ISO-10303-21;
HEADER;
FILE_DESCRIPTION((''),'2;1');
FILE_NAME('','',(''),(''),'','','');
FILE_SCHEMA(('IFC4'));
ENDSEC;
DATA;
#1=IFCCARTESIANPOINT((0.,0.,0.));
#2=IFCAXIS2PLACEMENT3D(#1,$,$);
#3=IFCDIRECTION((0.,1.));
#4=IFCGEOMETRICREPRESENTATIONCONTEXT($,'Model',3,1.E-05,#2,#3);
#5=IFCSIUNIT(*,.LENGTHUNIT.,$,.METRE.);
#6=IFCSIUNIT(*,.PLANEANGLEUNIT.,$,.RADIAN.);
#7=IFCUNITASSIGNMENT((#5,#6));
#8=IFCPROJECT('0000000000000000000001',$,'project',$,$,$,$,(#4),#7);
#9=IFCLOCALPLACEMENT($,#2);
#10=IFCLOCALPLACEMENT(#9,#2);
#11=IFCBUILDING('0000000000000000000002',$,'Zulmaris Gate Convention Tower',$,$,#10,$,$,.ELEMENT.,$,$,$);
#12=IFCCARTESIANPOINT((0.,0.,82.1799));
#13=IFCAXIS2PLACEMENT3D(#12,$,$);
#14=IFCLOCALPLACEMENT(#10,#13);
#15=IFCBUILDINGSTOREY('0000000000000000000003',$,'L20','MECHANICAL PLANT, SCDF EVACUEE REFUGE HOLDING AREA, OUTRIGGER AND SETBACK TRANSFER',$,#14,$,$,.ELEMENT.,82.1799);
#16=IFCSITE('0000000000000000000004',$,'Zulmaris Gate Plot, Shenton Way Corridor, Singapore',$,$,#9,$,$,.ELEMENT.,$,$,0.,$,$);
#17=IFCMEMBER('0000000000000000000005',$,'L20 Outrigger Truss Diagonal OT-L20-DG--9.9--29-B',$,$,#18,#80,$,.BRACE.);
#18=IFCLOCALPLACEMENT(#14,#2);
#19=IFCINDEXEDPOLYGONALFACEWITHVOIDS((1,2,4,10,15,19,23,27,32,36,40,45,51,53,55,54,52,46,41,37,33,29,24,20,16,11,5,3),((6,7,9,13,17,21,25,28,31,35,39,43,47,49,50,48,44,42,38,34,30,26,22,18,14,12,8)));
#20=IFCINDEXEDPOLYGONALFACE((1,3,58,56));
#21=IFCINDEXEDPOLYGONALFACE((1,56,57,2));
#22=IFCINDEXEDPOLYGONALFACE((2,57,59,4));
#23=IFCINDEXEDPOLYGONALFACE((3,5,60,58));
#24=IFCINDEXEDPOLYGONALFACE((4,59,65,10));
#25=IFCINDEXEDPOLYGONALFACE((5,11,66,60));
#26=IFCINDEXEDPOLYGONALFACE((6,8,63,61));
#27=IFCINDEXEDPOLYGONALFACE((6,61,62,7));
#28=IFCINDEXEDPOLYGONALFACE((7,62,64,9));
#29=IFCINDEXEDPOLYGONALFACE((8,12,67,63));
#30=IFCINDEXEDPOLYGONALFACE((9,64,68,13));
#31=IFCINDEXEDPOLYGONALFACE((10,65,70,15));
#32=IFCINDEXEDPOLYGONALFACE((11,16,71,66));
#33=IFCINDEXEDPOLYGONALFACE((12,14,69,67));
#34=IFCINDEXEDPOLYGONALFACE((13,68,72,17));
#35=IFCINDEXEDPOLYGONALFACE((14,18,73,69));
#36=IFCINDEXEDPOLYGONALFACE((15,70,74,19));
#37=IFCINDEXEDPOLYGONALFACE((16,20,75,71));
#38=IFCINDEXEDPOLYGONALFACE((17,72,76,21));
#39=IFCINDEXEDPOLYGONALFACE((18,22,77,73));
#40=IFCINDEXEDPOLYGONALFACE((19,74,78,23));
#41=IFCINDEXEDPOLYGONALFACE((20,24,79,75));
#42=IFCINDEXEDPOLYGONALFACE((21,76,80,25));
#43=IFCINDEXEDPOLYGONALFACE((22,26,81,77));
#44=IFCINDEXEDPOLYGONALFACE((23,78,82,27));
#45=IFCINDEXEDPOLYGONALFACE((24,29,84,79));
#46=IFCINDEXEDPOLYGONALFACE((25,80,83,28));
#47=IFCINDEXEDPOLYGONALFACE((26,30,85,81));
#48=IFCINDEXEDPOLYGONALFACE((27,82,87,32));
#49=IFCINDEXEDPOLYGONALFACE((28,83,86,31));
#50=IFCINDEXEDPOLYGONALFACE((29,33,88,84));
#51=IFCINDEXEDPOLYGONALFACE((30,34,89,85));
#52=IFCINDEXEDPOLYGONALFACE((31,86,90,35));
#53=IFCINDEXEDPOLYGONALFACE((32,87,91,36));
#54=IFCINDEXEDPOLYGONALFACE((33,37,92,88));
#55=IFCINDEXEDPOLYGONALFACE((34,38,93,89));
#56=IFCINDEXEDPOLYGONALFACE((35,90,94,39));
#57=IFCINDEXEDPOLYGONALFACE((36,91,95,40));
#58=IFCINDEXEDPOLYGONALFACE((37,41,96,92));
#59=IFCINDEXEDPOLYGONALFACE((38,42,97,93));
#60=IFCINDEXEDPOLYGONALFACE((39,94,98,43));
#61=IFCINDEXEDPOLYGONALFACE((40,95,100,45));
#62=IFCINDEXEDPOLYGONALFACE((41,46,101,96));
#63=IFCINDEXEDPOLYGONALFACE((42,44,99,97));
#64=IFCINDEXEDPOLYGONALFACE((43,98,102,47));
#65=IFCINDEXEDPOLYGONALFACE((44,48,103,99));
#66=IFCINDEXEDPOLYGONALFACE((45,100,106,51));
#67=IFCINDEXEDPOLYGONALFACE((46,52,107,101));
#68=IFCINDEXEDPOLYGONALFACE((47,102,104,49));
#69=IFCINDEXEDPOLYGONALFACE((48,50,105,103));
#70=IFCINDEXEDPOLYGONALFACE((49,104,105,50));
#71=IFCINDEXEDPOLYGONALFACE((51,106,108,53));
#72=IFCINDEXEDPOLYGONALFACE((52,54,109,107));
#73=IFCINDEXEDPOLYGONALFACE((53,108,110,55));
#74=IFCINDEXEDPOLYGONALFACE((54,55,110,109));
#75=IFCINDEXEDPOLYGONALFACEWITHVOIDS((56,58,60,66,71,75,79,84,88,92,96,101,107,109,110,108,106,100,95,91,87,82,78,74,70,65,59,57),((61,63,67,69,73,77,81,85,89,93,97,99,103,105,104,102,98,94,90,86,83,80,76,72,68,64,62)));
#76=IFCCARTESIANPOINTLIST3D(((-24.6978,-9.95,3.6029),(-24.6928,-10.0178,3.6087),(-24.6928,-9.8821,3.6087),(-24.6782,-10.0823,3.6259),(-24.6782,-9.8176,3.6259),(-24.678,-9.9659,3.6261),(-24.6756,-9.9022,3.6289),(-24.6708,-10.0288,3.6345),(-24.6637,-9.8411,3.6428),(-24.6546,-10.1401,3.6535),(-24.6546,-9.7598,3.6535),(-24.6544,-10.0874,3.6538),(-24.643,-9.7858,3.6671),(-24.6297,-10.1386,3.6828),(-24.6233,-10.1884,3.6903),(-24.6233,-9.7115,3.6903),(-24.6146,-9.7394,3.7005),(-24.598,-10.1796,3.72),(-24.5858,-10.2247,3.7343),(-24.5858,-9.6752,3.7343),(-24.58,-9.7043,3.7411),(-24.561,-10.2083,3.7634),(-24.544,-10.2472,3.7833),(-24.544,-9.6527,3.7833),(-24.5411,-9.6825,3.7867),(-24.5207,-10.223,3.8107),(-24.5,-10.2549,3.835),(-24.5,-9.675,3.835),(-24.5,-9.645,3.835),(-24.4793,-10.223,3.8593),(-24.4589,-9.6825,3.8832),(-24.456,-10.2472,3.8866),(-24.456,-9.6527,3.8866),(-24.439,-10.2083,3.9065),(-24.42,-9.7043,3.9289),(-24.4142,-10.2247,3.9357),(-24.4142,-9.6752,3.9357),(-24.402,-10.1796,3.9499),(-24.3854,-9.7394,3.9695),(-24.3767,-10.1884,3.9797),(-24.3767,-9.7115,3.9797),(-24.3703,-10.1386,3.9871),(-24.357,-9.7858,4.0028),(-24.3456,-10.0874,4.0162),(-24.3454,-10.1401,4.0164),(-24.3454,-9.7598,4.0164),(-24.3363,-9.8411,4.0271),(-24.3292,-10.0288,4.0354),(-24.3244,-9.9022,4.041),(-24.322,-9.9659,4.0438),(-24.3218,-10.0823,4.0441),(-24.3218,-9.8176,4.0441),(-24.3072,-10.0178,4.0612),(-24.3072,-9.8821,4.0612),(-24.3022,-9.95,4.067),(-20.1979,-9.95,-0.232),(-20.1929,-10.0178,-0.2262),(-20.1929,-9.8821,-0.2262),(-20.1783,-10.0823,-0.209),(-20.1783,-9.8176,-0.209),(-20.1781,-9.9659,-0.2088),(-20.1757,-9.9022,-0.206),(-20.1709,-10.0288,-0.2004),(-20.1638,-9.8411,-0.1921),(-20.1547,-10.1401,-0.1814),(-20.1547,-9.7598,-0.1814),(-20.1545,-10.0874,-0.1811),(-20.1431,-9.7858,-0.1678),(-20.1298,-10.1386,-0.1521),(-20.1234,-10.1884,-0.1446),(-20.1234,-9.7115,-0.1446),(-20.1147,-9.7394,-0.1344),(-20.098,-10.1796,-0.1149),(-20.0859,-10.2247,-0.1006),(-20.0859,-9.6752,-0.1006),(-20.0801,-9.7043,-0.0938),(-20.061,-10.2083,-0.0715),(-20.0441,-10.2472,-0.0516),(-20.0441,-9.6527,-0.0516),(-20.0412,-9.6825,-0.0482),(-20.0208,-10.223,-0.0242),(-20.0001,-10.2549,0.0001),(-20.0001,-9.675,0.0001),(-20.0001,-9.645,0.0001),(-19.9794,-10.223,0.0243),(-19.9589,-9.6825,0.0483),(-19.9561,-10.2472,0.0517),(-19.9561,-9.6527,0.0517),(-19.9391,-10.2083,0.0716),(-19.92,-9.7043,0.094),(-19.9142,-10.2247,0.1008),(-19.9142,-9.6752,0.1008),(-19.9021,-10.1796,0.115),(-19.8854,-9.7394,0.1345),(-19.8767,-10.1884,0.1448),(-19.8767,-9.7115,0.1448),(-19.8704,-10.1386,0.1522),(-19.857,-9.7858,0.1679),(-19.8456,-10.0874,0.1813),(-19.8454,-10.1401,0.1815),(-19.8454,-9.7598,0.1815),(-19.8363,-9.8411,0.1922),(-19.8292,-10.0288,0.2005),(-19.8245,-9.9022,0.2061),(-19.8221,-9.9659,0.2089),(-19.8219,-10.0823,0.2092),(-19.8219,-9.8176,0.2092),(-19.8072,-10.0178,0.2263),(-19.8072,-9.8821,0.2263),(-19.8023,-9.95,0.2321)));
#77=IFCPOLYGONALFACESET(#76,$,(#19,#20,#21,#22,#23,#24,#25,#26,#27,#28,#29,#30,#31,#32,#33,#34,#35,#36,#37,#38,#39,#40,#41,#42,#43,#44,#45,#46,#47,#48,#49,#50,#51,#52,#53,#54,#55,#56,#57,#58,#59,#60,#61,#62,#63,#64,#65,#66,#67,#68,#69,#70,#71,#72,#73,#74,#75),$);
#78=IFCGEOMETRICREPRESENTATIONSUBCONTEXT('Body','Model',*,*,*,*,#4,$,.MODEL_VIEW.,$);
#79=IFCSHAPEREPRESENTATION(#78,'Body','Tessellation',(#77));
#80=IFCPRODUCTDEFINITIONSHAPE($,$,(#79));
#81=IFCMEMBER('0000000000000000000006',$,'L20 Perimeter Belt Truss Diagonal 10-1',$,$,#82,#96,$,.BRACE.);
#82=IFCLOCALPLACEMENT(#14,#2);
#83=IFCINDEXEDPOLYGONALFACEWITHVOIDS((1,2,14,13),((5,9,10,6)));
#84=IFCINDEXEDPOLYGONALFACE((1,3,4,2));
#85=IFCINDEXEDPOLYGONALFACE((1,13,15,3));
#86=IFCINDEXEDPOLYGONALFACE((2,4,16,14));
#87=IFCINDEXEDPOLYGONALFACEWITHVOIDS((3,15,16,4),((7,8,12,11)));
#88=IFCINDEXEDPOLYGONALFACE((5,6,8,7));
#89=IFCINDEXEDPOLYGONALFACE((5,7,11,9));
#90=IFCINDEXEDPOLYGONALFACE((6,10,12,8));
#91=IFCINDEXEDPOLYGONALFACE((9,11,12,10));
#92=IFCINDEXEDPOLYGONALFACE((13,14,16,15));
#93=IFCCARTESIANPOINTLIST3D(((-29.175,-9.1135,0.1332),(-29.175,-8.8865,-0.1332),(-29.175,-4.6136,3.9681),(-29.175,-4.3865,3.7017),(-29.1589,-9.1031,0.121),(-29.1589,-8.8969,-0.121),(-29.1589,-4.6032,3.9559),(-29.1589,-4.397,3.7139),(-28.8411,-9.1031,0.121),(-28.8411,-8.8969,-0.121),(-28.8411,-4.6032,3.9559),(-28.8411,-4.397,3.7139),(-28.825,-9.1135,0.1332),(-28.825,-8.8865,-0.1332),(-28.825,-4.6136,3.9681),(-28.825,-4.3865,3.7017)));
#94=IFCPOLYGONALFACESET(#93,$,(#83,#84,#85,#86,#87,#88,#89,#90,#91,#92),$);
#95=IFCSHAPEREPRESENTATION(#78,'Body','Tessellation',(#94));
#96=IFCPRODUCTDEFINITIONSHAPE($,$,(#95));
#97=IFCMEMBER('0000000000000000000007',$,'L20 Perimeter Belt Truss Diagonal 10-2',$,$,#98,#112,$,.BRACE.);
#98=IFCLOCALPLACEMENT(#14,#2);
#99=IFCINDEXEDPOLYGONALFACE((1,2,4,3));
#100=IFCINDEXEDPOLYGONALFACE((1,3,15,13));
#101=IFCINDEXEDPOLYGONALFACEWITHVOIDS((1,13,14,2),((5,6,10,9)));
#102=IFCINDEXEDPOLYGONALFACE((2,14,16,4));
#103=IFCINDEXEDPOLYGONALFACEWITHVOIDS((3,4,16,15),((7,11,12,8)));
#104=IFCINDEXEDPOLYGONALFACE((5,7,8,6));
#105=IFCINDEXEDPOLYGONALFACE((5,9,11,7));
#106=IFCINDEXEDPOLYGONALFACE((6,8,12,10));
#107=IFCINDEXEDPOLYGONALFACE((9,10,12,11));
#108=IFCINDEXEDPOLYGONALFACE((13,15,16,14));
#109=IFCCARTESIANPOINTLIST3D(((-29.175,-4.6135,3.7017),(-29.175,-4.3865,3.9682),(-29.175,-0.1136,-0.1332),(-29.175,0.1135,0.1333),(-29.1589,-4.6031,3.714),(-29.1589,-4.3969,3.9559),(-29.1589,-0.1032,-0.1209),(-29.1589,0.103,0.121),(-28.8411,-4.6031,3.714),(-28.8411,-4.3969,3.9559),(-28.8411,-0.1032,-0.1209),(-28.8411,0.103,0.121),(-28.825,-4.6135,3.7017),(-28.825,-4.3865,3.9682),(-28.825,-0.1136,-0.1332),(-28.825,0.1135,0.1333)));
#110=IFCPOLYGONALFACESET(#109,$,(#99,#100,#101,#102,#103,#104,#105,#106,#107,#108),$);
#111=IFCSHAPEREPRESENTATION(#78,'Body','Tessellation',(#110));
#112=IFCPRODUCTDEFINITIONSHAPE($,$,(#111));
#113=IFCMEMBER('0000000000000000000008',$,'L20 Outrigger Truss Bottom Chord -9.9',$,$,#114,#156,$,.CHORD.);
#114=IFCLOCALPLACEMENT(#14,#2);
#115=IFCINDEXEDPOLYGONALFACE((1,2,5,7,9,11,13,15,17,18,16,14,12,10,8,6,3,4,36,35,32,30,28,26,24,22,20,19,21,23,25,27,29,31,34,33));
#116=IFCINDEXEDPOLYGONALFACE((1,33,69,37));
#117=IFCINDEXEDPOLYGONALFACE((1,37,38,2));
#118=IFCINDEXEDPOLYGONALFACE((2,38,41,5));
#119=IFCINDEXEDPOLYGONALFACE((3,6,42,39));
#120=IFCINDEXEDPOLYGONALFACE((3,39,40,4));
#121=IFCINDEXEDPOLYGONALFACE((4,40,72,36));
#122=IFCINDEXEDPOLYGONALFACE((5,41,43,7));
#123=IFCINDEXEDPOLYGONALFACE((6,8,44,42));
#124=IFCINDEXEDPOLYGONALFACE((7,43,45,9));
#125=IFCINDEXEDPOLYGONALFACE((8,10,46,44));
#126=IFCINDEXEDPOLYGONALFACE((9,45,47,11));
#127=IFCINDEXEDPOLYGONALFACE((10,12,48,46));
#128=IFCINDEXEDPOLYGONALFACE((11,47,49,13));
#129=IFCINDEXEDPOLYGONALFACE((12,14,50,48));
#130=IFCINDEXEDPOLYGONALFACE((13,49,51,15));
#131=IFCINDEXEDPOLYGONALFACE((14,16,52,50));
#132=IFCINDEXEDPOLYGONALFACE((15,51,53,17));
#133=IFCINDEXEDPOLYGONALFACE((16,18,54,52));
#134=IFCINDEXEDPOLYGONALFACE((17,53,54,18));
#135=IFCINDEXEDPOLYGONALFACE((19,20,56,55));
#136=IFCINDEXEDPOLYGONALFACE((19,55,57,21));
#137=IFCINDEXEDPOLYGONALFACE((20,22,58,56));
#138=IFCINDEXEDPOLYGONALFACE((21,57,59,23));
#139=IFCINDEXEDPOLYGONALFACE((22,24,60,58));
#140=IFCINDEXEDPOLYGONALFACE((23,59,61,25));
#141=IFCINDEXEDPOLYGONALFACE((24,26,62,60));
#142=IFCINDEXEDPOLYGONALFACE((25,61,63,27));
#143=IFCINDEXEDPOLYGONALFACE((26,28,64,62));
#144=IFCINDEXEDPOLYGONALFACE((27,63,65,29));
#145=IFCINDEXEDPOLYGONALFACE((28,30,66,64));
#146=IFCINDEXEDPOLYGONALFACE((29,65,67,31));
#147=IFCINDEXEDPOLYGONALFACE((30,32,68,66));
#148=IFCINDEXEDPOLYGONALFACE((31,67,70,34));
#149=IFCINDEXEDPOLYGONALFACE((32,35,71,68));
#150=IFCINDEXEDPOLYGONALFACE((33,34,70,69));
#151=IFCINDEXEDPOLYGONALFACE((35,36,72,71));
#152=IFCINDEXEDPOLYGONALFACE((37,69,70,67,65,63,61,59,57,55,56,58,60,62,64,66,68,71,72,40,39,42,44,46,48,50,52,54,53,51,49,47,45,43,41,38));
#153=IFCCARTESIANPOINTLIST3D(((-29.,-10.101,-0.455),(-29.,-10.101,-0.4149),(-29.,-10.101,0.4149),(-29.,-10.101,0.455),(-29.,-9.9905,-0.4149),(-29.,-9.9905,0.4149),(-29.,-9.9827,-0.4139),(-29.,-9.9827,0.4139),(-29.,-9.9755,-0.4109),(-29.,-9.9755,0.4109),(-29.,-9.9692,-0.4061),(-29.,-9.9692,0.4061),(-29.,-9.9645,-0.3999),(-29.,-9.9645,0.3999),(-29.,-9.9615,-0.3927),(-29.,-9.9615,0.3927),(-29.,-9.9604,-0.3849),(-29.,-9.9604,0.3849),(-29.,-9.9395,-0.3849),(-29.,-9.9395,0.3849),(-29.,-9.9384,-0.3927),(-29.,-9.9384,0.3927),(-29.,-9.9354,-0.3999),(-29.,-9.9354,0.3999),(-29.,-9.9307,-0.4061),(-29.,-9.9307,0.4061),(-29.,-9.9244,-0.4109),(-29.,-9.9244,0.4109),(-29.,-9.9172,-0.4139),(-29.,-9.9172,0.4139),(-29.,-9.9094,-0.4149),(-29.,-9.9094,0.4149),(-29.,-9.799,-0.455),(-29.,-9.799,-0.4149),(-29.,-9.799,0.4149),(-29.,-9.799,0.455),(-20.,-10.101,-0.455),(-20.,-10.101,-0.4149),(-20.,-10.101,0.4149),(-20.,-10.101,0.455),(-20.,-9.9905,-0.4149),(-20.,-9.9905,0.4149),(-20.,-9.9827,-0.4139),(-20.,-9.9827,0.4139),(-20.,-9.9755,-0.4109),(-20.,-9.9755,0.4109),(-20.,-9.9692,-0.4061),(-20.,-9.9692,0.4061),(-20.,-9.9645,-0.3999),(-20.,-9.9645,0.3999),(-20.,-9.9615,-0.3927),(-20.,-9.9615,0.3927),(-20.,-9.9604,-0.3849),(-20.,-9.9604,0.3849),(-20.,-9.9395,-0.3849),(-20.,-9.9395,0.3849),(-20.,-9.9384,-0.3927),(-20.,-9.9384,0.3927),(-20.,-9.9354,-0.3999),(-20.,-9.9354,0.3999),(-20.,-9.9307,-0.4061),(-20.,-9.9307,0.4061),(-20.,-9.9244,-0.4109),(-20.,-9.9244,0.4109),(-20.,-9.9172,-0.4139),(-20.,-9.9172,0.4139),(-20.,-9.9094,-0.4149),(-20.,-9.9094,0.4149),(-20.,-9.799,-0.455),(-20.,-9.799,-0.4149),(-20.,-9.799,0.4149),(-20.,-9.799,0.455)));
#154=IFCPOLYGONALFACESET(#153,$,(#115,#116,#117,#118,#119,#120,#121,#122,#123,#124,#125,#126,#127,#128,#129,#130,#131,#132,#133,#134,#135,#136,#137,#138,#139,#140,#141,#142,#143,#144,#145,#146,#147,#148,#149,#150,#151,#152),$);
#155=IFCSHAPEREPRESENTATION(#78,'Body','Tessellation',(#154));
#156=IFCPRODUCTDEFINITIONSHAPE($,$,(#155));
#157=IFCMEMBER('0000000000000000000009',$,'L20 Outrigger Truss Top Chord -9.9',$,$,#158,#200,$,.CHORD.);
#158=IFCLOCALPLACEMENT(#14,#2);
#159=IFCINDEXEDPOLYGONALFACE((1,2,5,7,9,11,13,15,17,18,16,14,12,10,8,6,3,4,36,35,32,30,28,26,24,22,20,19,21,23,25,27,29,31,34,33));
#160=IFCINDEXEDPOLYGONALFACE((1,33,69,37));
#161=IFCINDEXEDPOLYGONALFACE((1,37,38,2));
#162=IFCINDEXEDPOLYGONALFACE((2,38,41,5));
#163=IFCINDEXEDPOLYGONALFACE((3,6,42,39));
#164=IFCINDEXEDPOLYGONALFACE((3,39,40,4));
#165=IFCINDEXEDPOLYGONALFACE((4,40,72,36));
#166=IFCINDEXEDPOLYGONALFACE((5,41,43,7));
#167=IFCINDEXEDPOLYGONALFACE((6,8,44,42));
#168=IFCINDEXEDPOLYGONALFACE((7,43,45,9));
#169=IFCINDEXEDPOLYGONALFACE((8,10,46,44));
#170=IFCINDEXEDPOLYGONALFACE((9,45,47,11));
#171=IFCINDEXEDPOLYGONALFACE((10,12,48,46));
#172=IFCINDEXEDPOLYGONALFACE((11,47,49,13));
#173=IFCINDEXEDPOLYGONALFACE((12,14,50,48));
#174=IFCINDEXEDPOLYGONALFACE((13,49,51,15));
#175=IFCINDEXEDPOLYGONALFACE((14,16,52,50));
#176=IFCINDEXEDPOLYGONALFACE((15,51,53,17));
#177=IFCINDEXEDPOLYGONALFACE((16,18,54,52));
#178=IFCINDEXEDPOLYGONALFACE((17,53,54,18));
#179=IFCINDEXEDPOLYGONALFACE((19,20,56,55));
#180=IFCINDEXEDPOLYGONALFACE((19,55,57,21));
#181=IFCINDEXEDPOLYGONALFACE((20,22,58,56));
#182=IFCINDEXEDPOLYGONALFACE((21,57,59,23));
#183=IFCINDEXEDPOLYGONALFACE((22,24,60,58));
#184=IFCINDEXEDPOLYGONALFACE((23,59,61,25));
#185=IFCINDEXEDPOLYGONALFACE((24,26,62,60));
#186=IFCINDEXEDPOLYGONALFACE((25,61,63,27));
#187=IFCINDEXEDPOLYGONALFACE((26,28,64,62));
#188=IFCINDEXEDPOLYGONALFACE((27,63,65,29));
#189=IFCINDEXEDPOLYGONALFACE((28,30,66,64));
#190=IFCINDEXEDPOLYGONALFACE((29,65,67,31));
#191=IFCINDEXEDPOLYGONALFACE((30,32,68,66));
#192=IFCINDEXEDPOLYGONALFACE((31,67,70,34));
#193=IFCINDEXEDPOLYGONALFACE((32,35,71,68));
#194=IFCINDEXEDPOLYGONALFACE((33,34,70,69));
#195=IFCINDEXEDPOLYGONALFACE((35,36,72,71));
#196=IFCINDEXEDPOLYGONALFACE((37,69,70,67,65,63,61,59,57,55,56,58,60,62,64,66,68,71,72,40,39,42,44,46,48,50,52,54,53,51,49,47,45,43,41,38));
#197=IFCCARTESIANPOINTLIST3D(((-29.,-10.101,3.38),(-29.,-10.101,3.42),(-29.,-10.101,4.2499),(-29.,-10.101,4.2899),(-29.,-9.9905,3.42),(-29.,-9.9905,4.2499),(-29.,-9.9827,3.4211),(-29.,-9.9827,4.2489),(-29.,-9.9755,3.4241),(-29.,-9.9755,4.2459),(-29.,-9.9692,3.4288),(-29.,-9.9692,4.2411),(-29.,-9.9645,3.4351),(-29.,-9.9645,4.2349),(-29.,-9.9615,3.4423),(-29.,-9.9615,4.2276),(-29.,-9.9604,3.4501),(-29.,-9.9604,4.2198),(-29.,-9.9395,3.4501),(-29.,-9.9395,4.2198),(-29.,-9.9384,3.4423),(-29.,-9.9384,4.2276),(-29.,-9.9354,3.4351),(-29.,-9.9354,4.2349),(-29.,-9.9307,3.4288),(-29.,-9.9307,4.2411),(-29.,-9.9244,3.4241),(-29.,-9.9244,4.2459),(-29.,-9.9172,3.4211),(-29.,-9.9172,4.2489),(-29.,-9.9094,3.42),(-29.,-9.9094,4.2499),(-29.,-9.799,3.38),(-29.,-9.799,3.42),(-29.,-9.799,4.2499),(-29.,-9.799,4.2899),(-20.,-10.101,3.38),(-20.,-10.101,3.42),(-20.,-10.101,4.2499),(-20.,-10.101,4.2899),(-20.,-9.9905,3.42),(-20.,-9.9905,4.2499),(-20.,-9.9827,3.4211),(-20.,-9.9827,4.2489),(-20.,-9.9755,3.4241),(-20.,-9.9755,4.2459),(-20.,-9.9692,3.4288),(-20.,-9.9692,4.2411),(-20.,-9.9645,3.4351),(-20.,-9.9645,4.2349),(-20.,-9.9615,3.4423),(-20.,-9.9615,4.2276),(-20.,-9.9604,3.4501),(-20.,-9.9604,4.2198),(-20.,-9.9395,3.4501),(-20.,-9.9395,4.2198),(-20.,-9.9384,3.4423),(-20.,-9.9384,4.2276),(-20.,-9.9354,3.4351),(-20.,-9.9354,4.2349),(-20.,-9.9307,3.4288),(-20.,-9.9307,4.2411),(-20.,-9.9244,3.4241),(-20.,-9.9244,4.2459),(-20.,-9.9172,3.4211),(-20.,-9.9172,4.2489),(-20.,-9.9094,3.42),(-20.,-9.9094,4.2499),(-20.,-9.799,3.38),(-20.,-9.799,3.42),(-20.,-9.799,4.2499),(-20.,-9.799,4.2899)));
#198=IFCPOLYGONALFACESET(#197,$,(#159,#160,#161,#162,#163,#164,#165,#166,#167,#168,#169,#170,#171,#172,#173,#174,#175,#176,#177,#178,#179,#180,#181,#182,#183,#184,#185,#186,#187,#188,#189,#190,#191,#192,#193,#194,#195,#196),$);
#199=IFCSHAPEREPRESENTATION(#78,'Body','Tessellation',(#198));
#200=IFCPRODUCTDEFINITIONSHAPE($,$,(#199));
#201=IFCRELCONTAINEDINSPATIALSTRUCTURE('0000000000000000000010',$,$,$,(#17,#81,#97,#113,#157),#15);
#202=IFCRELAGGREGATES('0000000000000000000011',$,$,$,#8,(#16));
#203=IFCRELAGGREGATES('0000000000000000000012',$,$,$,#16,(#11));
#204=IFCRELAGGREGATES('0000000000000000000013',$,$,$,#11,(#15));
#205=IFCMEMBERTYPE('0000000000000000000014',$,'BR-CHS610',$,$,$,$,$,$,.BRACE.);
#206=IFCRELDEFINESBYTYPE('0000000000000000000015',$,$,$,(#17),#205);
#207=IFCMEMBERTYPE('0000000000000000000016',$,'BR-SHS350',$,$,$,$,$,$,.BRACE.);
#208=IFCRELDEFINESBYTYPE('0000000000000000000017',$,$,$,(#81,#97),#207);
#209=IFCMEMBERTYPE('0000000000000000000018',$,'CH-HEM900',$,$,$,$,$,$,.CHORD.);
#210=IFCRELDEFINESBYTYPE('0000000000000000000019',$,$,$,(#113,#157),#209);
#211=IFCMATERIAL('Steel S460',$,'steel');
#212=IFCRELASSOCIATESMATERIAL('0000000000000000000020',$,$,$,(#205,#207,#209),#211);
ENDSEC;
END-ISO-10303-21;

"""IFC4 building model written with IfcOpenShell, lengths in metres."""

from ifc_helpers import new_model, si_unit, direction, frame, origin, origin_2d, place, context, subcontext, project, spatial, hollow_rectangle, hollow_circle, i_section, extrude, material, material_profile, profile_set, type_object, element, save


model = new_model("IFC4")

# Units and contexts
model_context = context("Model", 3, precision=1e-05, world=origin(), true_north=direction((0.0, 1.0)))
body_context = subcontext(model_context, "Body", "Model", "MODEL_VIEW")
ifc_project = project(units=[si_unit("LENGTHUNIT", "METRE"), si_unit("PLANEANGLEUNIT", "RADIAN")], contexts=[model_context])

# Site, building, storey
site_placement = place(None, origin())
site = spatial("IfcSite", under=ifc_project, at=site_placement, Name="Zulmaris Gate Plot, Shenton Way Corridor, Singapore", CompositionType="ELEMENT", RefElevation=0.0)
building_placement = place(site_placement, origin())
building = spatial("IfcBuilding", under=site, at=building_placement, Name="Zulmaris Gate Convention Tower", CompositionType="ELEMENT")
storey_placement = place(building_placement, frame((0.0, 0.0, 82.1799)))
storey = spatial("IfcBuildingStorey", under=building, at=storey_placement, Name="L20", Description="MECHANICAL PLANT, SCDF EVACUEE REFUGE HOLDING AREA, OUTRIGGER AND SETBACK TRANSFER", CompositionType="ELEMENT", Elevation=82.1799)

# Shared definitions
ifc_material_1 = material(Name="Steel S460", Category="steel")

# Members
ifc_material_profile_1 = material_profile(ifc_material_1, hollow_circle(Radius=0.3049, WallThickness=0.03, at=origin_2d()), Name="CHS 610x30")
ifc_profile_set_1 = profile_set([ifc_material_profile_1], Name="Steel S460")
member_type_1 = type_object("IfcMemberType", Name="BR-CHS610", PredefinedType="BRACE", material=ifc_profile_set_1)
for number, where, z_axis, x_axis, name in (
    (1, (-24.5, -9.95, 3.835), (0.761107, 0.0, -0.648626), (0.0, 1.0, 0.0), "L20 Outrigger Truss Diagonal OT-L20-DG--9.9--29-B"),
):
    element("IfcMember", number, at=place(storey_placement, frame(where, z_axis=z_axis, x_axis=x_axis)), inside=storey, type_object=member_type_1, Name=name, PredefinedType="BRACE", context=body_context, shape_type="SweptSolid", body=[
        extrude(hollow_circle(Radius=0.3049, WallThickness=0.03, at=origin_2d()), origin(), (0.0, 0.0, 1.0), 5.9124),
    ])
ifc_material_profile_2 = material_profile(ifc_material_1, hollow_rectangle(XDim=0.3501, YDim=0.3501, WallThickness=0.0161, at=origin_2d()), Name="SHS 350x350x16")
ifc_profile_set_2 = profile_set([ifc_material_profile_2], Name="Steel S460")
member_type_2 = type_object("IfcMemberType", Name="BR-SHS350", PredefinedType="BRACE", material=ifc_profile_set_2)
for number, where, z_axis, x_axis, name in (
    (2, (-29.0, -9.0, 0.0), (0.0, 0.761107, 0.648626), (-1.0, 0.0, 0.0), "L20 Perimeter Belt Truss Diagonal 10-1"),
    (3, (-29.0, -4.5, 3.835), (0.0, 0.761107, -0.648626), (-1.0, 0.0, 0.0), "L20 Perimeter Belt Truss Diagonal 10-2"),
):
    element("IfcMember", number, at=place(storey_placement, frame(where, z_axis=z_axis, x_axis=x_axis)), inside=storey, type_object=member_type_2, Name=name, PredefinedType="BRACE", context=body_context, shape_type="SweptSolid", body=[
        extrude(hollow_rectangle(XDim=0.3501, YDim=0.3501, WallThickness=0.0161, at=origin_2d()), origin(), (0.0, 0.0, 1.0), 5.9124),
    ])
ifc_material_profile_3 = material_profile(ifc_material_1, i_section(OverallWidth=0.302, OverallDepth=0.9099, WebThickness=0.021, FlangeThickness=0.04, FilletRadius=0.03, at=origin_2d()), Name="HEM 900")
ifc_profile_set_3 = profile_set([ifc_material_profile_3], Name="Steel S460")
member_type_3 = type_object("IfcMemberType", Name="CH-HEM900", PredefinedType="CHORD", material=ifc_profile_set_3)
for number, where, z_axis, x_axis, name in (
    (4, (-29.0, -9.95, 0.0), (1.0, 0.0, 0.0), (0.0, 1.0, 0.0), "L20 Outrigger Truss Bottom Chord -9.9"),
    (5, (-29.0, -9.95, 3.835), (1.0, 0.0, 0.0), (0.0, 1.0, 0.0), "L20 Outrigger Truss Top Chord -9.9"),
):
    element("IfcMember", number, at=place(storey_placement, frame(where, z_axis=z_axis, x_axis=x_axis)), inside=storey, type_object=member_type_3, Name=name, PredefinedType="CHORD", context=body_context, shape_type="SweptSolid", body=[
        extrude(i_section(OverallWidth=0.302, OverallDepth=0.9099, WebThickness=0.021, FlangeThickness=0.04, FilletRadius=0.03, at=origin_2d()), origin(), (0.0, 0.0, 1.0), 9.0),
    ])

save(model, "model.ifc")
